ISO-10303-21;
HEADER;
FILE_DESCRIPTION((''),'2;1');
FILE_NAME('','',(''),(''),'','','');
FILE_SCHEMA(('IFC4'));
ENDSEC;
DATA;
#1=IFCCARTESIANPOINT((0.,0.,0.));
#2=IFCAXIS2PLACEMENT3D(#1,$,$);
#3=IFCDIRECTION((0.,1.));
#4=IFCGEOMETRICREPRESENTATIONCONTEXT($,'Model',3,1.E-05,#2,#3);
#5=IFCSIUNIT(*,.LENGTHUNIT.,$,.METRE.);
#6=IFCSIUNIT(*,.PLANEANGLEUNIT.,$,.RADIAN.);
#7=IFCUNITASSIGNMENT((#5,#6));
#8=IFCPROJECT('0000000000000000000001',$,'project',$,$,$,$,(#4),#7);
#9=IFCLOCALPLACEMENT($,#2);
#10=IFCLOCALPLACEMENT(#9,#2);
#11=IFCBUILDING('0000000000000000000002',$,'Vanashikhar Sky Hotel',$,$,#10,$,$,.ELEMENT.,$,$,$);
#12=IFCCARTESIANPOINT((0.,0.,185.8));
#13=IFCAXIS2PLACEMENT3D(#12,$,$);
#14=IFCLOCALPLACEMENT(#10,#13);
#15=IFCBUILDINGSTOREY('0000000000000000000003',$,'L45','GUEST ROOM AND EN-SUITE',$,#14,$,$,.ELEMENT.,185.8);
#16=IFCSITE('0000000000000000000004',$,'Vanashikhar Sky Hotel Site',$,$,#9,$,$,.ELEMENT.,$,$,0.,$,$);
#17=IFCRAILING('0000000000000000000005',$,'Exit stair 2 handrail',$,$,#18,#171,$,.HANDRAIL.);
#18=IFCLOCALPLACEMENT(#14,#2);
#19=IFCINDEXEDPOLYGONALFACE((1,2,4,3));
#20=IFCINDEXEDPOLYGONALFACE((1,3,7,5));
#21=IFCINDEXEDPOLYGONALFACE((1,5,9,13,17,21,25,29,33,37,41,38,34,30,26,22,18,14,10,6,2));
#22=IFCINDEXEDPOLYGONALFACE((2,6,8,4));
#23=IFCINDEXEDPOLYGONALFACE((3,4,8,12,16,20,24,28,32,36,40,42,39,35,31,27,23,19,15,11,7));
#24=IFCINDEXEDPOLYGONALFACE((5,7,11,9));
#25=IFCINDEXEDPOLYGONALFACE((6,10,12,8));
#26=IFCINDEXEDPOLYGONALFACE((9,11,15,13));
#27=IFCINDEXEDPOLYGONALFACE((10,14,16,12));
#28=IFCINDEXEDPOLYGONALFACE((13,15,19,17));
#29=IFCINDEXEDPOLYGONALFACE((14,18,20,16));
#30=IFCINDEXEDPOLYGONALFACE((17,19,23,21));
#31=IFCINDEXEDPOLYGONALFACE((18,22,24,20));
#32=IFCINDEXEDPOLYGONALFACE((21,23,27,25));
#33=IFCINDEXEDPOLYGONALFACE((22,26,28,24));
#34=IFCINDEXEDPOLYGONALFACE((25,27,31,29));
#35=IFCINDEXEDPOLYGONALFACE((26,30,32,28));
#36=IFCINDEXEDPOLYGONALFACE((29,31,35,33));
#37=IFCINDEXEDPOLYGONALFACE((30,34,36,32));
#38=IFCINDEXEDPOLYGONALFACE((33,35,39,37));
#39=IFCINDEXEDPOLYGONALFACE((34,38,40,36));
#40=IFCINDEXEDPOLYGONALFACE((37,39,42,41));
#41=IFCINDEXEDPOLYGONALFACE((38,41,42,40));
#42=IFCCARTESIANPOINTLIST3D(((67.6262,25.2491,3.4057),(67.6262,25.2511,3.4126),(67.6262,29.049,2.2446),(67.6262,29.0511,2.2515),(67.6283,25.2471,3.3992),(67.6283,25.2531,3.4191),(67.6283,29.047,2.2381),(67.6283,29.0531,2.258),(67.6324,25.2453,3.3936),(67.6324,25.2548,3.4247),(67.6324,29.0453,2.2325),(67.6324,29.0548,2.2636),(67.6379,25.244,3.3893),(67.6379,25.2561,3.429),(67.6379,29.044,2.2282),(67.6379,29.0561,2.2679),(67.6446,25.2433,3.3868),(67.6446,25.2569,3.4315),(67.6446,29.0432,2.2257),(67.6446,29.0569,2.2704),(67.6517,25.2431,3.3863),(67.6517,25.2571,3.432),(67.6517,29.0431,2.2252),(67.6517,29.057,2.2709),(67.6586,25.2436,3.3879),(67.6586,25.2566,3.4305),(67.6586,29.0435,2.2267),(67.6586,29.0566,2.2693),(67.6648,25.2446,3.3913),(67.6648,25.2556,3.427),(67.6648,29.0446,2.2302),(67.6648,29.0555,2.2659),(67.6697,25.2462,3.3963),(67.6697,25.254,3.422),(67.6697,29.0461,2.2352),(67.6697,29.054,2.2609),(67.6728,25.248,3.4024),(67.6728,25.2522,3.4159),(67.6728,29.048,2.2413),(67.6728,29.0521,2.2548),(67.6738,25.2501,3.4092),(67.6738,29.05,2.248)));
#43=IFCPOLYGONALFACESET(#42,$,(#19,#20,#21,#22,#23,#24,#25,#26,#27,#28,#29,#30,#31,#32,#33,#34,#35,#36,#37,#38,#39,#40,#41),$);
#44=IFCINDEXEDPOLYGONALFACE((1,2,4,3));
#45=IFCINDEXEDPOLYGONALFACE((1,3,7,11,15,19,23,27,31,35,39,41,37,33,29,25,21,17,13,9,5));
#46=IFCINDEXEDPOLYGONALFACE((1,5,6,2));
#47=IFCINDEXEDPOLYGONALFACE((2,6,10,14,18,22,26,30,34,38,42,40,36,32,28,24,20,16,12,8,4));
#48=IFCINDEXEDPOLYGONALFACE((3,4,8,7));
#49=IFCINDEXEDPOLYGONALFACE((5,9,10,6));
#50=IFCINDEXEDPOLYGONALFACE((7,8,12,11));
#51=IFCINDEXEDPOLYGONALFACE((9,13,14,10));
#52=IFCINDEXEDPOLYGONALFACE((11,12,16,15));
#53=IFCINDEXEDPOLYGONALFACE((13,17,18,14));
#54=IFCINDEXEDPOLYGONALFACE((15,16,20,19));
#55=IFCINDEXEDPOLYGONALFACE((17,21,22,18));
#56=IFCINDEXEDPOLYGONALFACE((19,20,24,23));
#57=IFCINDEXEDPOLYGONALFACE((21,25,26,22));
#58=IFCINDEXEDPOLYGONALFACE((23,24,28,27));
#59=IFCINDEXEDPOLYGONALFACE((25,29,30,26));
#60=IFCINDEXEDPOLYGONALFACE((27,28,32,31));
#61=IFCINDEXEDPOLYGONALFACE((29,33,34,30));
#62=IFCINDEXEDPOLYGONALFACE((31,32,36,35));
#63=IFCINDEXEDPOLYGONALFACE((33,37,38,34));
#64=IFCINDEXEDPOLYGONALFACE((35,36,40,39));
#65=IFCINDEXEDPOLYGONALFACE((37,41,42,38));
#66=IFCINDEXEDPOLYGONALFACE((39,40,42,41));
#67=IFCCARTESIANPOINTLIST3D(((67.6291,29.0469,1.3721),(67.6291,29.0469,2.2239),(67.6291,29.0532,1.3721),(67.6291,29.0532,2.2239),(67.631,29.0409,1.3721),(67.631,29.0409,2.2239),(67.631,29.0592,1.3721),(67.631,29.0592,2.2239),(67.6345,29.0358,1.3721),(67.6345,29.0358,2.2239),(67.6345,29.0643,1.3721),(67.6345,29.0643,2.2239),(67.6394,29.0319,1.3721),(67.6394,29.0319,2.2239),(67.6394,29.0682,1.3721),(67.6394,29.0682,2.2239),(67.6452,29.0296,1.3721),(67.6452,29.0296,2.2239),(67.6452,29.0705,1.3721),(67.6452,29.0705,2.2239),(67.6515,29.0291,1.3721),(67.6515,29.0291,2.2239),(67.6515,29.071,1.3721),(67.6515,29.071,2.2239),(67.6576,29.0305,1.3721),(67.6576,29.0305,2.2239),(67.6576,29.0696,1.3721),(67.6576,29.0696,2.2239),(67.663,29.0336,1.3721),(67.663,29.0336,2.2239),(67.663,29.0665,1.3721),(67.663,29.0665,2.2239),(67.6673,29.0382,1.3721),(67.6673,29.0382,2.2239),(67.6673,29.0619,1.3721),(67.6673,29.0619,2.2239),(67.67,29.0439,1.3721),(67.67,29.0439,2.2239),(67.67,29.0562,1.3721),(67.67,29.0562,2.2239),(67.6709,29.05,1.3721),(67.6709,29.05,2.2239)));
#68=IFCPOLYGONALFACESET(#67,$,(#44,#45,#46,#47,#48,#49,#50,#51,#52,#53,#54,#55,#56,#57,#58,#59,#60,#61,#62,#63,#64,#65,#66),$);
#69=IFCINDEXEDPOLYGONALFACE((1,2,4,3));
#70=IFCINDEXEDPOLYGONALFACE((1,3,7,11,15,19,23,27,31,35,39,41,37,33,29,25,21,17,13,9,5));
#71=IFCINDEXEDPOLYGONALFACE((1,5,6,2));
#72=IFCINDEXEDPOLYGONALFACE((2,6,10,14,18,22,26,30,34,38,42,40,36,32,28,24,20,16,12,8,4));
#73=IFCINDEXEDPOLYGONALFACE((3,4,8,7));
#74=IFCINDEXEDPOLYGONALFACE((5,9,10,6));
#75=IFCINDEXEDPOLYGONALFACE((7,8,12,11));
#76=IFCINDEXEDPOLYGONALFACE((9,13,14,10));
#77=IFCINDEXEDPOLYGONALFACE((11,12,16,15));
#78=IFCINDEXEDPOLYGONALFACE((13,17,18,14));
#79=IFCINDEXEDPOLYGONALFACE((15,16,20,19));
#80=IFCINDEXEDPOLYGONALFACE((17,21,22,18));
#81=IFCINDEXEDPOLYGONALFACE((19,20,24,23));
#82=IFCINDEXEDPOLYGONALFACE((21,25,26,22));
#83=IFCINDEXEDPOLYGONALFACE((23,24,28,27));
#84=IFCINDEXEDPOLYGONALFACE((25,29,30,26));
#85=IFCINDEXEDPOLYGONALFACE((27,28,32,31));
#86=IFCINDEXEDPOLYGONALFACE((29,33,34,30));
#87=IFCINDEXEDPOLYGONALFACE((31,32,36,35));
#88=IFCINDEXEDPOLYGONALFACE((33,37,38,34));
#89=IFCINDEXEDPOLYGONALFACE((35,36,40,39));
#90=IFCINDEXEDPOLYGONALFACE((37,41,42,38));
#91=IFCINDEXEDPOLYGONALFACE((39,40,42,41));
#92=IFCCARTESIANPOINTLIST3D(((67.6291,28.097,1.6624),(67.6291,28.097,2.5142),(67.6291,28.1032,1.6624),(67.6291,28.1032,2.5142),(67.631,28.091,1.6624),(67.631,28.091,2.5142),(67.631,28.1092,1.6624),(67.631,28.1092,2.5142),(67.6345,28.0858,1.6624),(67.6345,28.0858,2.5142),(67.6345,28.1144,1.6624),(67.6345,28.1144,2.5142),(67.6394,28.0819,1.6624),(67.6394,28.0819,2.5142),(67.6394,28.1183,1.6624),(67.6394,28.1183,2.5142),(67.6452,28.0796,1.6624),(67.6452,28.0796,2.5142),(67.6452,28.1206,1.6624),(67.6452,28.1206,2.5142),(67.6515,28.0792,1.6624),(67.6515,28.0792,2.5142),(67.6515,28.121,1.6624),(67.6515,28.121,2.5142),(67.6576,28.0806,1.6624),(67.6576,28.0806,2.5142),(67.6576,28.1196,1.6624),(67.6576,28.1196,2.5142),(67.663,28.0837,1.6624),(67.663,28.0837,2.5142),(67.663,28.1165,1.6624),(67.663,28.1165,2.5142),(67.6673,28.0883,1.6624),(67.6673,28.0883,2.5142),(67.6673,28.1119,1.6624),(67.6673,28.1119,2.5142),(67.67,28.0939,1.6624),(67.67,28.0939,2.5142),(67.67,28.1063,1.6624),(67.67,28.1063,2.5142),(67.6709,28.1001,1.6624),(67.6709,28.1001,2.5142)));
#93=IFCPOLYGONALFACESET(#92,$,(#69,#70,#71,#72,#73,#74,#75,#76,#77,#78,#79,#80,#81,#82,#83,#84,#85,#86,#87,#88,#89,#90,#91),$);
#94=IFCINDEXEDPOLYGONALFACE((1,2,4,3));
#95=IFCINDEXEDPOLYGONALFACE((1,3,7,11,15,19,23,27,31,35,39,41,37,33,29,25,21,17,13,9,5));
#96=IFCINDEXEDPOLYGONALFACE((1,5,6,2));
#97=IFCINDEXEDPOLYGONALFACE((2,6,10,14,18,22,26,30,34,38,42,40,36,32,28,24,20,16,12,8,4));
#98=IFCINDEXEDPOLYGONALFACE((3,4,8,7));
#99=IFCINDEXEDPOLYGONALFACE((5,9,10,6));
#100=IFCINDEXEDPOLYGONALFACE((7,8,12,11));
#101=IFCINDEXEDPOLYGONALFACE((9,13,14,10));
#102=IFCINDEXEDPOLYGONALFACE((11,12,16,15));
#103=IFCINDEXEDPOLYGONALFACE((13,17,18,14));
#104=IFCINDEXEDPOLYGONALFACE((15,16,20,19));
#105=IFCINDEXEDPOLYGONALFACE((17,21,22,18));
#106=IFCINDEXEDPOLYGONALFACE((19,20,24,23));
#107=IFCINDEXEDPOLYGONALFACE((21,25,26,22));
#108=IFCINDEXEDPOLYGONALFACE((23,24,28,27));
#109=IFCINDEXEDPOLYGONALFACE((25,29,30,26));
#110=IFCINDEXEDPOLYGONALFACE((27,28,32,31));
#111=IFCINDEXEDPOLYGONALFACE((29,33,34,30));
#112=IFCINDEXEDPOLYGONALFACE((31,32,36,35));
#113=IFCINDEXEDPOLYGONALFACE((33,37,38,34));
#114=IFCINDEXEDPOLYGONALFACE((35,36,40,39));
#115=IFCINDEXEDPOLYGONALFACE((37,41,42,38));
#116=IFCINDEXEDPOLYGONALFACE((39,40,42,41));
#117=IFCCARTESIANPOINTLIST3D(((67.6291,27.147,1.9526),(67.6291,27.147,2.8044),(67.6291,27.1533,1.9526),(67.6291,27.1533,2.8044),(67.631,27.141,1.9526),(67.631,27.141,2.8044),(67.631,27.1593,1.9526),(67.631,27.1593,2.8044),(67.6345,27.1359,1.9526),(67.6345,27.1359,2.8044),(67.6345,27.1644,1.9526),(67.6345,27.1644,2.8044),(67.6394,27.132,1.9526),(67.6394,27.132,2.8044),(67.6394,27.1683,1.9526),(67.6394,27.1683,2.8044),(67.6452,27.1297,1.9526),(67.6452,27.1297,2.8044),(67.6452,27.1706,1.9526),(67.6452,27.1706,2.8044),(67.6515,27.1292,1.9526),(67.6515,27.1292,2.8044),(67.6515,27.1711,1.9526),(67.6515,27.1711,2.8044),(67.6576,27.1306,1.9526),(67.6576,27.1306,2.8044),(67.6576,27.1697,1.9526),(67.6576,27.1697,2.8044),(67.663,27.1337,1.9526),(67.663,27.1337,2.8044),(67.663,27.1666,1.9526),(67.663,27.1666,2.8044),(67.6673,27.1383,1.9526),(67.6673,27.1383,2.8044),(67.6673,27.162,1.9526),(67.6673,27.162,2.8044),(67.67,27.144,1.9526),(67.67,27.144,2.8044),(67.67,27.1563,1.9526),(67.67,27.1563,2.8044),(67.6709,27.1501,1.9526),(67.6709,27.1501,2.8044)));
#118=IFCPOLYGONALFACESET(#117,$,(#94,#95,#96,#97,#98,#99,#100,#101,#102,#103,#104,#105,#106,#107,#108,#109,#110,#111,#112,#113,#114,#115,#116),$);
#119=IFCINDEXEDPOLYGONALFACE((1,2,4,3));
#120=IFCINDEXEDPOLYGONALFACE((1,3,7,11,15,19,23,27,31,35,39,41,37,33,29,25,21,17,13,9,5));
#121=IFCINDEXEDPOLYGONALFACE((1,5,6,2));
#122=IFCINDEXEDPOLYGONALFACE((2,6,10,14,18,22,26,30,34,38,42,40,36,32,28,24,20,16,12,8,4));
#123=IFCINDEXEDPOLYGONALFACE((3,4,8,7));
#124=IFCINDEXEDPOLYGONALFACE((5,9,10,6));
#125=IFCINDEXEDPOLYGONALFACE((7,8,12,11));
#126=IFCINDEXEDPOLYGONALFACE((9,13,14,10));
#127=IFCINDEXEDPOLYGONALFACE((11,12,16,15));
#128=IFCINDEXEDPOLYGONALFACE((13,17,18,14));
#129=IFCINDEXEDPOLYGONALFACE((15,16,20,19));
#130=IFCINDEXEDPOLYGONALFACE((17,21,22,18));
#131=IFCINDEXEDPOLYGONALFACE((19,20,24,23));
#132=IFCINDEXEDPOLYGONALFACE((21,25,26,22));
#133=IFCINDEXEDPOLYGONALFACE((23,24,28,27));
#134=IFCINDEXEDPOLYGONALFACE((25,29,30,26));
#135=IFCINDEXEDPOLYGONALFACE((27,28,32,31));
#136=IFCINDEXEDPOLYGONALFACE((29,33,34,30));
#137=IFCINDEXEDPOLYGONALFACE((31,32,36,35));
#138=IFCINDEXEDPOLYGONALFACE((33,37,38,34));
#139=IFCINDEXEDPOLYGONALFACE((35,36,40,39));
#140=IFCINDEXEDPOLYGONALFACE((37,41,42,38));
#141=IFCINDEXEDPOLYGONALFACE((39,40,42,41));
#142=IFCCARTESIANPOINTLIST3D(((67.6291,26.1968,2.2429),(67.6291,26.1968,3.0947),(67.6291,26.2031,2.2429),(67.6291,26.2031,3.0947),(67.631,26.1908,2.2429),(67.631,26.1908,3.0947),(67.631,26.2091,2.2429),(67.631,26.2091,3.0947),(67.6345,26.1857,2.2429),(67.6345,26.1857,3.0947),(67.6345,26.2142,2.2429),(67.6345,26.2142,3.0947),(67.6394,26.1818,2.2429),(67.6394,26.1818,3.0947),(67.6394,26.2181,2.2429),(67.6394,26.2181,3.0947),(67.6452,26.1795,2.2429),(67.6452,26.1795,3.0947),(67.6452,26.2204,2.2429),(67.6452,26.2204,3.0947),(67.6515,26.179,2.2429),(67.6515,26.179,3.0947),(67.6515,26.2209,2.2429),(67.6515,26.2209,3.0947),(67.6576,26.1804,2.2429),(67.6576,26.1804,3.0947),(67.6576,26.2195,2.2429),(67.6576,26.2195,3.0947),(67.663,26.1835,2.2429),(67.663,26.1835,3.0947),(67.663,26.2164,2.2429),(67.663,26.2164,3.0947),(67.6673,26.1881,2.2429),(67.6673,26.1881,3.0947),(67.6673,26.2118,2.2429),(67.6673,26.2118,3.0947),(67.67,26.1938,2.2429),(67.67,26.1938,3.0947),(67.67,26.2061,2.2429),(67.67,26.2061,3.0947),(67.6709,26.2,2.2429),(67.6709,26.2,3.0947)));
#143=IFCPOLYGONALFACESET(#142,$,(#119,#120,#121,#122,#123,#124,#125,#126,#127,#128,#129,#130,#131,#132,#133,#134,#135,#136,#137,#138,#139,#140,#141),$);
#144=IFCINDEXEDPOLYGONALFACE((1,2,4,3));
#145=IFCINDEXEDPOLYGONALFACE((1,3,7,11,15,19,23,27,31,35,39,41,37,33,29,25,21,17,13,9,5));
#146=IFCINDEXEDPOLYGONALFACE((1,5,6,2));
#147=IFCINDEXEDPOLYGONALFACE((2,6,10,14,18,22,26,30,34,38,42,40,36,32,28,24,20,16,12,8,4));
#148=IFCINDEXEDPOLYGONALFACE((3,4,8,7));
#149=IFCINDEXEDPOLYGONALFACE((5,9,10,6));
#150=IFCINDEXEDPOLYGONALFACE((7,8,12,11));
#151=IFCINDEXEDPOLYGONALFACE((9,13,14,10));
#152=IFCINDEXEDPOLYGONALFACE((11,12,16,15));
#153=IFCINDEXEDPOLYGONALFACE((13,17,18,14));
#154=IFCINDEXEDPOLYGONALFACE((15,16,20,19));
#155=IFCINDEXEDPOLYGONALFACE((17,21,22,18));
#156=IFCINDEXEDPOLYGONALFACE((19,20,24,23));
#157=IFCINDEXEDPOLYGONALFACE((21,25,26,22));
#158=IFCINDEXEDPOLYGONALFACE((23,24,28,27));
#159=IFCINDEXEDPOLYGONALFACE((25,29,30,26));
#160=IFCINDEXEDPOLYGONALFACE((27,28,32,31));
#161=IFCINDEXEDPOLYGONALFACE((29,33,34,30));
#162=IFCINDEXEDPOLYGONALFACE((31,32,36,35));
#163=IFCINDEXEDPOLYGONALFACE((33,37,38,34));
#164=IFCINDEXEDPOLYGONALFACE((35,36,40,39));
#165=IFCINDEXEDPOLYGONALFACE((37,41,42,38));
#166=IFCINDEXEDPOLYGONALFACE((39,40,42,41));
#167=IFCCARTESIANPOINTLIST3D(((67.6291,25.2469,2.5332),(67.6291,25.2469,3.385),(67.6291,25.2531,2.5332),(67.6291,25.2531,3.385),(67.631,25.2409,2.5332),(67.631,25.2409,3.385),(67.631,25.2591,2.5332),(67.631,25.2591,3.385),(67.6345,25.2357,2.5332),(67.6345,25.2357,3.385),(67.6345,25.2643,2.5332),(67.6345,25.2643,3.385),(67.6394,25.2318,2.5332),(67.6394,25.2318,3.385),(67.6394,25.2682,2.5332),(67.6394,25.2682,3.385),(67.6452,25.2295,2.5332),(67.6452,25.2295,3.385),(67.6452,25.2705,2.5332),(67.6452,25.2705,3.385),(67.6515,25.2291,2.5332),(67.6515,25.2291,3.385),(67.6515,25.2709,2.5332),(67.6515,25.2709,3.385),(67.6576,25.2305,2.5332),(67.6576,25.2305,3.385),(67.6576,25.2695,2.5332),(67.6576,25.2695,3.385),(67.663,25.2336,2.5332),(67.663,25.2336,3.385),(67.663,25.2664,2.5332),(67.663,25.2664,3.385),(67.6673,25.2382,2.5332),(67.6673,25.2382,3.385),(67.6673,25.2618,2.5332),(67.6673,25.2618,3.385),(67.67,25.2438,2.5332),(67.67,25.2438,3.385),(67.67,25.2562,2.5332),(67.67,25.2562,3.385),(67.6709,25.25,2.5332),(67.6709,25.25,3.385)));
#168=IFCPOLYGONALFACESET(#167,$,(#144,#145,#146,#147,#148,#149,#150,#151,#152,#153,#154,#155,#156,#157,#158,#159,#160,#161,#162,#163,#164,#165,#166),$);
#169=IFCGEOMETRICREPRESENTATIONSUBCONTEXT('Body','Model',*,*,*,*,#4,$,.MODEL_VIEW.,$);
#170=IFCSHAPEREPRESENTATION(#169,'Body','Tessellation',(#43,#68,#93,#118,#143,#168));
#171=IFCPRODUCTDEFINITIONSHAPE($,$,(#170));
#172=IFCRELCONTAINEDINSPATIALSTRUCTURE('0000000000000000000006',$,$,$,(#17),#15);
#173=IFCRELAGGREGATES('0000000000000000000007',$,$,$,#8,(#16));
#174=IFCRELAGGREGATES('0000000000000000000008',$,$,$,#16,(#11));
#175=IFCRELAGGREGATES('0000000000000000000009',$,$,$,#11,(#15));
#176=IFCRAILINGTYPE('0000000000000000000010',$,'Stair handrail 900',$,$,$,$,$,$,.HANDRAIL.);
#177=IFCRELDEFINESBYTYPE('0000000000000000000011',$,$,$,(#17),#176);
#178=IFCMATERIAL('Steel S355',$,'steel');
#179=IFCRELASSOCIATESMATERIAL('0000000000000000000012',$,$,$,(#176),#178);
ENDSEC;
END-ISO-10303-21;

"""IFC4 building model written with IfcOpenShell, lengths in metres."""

from ifc_helpers import new_model, si_unit, direction, frame, origin, origin_2d, place, context, subcontext, project, spatial, circle, extrude, source, transform, mapped, material, type_object, element, save


model = new_model("IFC4")

# Units and contexts
model_context = context("Model", 3, precision=1e-05, world=origin(), true_north=direction((0.0, 1.0)))
body_context = subcontext(model_context, "Body", "Model", "MODEL_VIEW")
ifc_project = project(units=[si_unit("LENGTHUNIT", "METRE"), si_unit("PLANEANGLEUNIT", "RADIAN")], contexts=[model_context])

# Site, building, storey
site_placement = place(None, origin())
site = spatial("IfcSite", under=ifc_project, at=site_placement, Name="Vanashikhar Sky Hotel Site", CompositionType="ELEMENT", RefElevation=0.0)
building_placement = place(site_placement, origin())
building = spatial("IfcBuilding", under=site, at=building_placement, Name="Vanashikhar Sky Hotel", CompositionType="ELEMENT")
storey_placement = place(building_placement, frame((0.0, 0.0, 185.8)))
storey = spatial("IfcBuildingStorey", under=building, at=storey_placement, Name="L45", Description="GUEST ROOM AND EN-SUITE", CompositionType="ELEMENT", Elevation=185.8)

# Railing
ifc_material_1 = material(Name="Steel S355", Category="steel")
railing_type_1 = type_object("IfcRailingType", Name="Stair handrail 900", PredefinedType="HANDRAIL", material=ifc_material_1)
shared_shape_1 = source(origin(), body_context, "Body", "SweptSolid", [
    extrude(circle(Radius=0.0239, at=origin_2d()), frame((0.0, 0.0, 0.876), z_axis=(0.0, -0.956351, 0.29222), x_axis=(1.0, 0.0, 0.0)), (0.0, 0.0, 1.0), 3.9734),
    extrude(circle(Radius=0.021, at=origin_2d()), origin(), (0.0, 0.0, 1.0), 0.8518),
    extrude(circle(Radius=0.021, at=origin_2d()), frame((0.0, -0.95, 0.2903)), (0.0, 0.0, 1.0), 0.8518),
    extrude(circle(Radius=0.021, at=origin_2d()), frame((0.0, -1.8999, 0.5806)), (0.0, 0.0, 1.0), 0.8518),
    extrude(circle(Radius=0.021, at=origin_2d()), frame((0.0, -2.8501, 0.8708)), (0.0, 0.0, 1.0), 0.8518),
    extrude(circle(Radius=0.021, at=origin_2d()), frame((0.0, -3.8, 1.1611)), (0.0, 0.0, 1.0), 0.8518),
])
for number, where, name in (
    (1, (67.6499, 29.05, 1.3721), "Exit stair 2 handrail"),
):
    element("IfcRailing", number, at=place(storey_placement, frame(where)), inside=storey, type_object=railing_type_1, Name=name, PredefinedType="HANDRAIL", context=body_context, shape_type="MappedRepresentation", body=[
        mapped(shared_shape_1, transform((0.0, 0.0, 0.0), scale=1.0)),
    ])

save(model, "model.ifc")
